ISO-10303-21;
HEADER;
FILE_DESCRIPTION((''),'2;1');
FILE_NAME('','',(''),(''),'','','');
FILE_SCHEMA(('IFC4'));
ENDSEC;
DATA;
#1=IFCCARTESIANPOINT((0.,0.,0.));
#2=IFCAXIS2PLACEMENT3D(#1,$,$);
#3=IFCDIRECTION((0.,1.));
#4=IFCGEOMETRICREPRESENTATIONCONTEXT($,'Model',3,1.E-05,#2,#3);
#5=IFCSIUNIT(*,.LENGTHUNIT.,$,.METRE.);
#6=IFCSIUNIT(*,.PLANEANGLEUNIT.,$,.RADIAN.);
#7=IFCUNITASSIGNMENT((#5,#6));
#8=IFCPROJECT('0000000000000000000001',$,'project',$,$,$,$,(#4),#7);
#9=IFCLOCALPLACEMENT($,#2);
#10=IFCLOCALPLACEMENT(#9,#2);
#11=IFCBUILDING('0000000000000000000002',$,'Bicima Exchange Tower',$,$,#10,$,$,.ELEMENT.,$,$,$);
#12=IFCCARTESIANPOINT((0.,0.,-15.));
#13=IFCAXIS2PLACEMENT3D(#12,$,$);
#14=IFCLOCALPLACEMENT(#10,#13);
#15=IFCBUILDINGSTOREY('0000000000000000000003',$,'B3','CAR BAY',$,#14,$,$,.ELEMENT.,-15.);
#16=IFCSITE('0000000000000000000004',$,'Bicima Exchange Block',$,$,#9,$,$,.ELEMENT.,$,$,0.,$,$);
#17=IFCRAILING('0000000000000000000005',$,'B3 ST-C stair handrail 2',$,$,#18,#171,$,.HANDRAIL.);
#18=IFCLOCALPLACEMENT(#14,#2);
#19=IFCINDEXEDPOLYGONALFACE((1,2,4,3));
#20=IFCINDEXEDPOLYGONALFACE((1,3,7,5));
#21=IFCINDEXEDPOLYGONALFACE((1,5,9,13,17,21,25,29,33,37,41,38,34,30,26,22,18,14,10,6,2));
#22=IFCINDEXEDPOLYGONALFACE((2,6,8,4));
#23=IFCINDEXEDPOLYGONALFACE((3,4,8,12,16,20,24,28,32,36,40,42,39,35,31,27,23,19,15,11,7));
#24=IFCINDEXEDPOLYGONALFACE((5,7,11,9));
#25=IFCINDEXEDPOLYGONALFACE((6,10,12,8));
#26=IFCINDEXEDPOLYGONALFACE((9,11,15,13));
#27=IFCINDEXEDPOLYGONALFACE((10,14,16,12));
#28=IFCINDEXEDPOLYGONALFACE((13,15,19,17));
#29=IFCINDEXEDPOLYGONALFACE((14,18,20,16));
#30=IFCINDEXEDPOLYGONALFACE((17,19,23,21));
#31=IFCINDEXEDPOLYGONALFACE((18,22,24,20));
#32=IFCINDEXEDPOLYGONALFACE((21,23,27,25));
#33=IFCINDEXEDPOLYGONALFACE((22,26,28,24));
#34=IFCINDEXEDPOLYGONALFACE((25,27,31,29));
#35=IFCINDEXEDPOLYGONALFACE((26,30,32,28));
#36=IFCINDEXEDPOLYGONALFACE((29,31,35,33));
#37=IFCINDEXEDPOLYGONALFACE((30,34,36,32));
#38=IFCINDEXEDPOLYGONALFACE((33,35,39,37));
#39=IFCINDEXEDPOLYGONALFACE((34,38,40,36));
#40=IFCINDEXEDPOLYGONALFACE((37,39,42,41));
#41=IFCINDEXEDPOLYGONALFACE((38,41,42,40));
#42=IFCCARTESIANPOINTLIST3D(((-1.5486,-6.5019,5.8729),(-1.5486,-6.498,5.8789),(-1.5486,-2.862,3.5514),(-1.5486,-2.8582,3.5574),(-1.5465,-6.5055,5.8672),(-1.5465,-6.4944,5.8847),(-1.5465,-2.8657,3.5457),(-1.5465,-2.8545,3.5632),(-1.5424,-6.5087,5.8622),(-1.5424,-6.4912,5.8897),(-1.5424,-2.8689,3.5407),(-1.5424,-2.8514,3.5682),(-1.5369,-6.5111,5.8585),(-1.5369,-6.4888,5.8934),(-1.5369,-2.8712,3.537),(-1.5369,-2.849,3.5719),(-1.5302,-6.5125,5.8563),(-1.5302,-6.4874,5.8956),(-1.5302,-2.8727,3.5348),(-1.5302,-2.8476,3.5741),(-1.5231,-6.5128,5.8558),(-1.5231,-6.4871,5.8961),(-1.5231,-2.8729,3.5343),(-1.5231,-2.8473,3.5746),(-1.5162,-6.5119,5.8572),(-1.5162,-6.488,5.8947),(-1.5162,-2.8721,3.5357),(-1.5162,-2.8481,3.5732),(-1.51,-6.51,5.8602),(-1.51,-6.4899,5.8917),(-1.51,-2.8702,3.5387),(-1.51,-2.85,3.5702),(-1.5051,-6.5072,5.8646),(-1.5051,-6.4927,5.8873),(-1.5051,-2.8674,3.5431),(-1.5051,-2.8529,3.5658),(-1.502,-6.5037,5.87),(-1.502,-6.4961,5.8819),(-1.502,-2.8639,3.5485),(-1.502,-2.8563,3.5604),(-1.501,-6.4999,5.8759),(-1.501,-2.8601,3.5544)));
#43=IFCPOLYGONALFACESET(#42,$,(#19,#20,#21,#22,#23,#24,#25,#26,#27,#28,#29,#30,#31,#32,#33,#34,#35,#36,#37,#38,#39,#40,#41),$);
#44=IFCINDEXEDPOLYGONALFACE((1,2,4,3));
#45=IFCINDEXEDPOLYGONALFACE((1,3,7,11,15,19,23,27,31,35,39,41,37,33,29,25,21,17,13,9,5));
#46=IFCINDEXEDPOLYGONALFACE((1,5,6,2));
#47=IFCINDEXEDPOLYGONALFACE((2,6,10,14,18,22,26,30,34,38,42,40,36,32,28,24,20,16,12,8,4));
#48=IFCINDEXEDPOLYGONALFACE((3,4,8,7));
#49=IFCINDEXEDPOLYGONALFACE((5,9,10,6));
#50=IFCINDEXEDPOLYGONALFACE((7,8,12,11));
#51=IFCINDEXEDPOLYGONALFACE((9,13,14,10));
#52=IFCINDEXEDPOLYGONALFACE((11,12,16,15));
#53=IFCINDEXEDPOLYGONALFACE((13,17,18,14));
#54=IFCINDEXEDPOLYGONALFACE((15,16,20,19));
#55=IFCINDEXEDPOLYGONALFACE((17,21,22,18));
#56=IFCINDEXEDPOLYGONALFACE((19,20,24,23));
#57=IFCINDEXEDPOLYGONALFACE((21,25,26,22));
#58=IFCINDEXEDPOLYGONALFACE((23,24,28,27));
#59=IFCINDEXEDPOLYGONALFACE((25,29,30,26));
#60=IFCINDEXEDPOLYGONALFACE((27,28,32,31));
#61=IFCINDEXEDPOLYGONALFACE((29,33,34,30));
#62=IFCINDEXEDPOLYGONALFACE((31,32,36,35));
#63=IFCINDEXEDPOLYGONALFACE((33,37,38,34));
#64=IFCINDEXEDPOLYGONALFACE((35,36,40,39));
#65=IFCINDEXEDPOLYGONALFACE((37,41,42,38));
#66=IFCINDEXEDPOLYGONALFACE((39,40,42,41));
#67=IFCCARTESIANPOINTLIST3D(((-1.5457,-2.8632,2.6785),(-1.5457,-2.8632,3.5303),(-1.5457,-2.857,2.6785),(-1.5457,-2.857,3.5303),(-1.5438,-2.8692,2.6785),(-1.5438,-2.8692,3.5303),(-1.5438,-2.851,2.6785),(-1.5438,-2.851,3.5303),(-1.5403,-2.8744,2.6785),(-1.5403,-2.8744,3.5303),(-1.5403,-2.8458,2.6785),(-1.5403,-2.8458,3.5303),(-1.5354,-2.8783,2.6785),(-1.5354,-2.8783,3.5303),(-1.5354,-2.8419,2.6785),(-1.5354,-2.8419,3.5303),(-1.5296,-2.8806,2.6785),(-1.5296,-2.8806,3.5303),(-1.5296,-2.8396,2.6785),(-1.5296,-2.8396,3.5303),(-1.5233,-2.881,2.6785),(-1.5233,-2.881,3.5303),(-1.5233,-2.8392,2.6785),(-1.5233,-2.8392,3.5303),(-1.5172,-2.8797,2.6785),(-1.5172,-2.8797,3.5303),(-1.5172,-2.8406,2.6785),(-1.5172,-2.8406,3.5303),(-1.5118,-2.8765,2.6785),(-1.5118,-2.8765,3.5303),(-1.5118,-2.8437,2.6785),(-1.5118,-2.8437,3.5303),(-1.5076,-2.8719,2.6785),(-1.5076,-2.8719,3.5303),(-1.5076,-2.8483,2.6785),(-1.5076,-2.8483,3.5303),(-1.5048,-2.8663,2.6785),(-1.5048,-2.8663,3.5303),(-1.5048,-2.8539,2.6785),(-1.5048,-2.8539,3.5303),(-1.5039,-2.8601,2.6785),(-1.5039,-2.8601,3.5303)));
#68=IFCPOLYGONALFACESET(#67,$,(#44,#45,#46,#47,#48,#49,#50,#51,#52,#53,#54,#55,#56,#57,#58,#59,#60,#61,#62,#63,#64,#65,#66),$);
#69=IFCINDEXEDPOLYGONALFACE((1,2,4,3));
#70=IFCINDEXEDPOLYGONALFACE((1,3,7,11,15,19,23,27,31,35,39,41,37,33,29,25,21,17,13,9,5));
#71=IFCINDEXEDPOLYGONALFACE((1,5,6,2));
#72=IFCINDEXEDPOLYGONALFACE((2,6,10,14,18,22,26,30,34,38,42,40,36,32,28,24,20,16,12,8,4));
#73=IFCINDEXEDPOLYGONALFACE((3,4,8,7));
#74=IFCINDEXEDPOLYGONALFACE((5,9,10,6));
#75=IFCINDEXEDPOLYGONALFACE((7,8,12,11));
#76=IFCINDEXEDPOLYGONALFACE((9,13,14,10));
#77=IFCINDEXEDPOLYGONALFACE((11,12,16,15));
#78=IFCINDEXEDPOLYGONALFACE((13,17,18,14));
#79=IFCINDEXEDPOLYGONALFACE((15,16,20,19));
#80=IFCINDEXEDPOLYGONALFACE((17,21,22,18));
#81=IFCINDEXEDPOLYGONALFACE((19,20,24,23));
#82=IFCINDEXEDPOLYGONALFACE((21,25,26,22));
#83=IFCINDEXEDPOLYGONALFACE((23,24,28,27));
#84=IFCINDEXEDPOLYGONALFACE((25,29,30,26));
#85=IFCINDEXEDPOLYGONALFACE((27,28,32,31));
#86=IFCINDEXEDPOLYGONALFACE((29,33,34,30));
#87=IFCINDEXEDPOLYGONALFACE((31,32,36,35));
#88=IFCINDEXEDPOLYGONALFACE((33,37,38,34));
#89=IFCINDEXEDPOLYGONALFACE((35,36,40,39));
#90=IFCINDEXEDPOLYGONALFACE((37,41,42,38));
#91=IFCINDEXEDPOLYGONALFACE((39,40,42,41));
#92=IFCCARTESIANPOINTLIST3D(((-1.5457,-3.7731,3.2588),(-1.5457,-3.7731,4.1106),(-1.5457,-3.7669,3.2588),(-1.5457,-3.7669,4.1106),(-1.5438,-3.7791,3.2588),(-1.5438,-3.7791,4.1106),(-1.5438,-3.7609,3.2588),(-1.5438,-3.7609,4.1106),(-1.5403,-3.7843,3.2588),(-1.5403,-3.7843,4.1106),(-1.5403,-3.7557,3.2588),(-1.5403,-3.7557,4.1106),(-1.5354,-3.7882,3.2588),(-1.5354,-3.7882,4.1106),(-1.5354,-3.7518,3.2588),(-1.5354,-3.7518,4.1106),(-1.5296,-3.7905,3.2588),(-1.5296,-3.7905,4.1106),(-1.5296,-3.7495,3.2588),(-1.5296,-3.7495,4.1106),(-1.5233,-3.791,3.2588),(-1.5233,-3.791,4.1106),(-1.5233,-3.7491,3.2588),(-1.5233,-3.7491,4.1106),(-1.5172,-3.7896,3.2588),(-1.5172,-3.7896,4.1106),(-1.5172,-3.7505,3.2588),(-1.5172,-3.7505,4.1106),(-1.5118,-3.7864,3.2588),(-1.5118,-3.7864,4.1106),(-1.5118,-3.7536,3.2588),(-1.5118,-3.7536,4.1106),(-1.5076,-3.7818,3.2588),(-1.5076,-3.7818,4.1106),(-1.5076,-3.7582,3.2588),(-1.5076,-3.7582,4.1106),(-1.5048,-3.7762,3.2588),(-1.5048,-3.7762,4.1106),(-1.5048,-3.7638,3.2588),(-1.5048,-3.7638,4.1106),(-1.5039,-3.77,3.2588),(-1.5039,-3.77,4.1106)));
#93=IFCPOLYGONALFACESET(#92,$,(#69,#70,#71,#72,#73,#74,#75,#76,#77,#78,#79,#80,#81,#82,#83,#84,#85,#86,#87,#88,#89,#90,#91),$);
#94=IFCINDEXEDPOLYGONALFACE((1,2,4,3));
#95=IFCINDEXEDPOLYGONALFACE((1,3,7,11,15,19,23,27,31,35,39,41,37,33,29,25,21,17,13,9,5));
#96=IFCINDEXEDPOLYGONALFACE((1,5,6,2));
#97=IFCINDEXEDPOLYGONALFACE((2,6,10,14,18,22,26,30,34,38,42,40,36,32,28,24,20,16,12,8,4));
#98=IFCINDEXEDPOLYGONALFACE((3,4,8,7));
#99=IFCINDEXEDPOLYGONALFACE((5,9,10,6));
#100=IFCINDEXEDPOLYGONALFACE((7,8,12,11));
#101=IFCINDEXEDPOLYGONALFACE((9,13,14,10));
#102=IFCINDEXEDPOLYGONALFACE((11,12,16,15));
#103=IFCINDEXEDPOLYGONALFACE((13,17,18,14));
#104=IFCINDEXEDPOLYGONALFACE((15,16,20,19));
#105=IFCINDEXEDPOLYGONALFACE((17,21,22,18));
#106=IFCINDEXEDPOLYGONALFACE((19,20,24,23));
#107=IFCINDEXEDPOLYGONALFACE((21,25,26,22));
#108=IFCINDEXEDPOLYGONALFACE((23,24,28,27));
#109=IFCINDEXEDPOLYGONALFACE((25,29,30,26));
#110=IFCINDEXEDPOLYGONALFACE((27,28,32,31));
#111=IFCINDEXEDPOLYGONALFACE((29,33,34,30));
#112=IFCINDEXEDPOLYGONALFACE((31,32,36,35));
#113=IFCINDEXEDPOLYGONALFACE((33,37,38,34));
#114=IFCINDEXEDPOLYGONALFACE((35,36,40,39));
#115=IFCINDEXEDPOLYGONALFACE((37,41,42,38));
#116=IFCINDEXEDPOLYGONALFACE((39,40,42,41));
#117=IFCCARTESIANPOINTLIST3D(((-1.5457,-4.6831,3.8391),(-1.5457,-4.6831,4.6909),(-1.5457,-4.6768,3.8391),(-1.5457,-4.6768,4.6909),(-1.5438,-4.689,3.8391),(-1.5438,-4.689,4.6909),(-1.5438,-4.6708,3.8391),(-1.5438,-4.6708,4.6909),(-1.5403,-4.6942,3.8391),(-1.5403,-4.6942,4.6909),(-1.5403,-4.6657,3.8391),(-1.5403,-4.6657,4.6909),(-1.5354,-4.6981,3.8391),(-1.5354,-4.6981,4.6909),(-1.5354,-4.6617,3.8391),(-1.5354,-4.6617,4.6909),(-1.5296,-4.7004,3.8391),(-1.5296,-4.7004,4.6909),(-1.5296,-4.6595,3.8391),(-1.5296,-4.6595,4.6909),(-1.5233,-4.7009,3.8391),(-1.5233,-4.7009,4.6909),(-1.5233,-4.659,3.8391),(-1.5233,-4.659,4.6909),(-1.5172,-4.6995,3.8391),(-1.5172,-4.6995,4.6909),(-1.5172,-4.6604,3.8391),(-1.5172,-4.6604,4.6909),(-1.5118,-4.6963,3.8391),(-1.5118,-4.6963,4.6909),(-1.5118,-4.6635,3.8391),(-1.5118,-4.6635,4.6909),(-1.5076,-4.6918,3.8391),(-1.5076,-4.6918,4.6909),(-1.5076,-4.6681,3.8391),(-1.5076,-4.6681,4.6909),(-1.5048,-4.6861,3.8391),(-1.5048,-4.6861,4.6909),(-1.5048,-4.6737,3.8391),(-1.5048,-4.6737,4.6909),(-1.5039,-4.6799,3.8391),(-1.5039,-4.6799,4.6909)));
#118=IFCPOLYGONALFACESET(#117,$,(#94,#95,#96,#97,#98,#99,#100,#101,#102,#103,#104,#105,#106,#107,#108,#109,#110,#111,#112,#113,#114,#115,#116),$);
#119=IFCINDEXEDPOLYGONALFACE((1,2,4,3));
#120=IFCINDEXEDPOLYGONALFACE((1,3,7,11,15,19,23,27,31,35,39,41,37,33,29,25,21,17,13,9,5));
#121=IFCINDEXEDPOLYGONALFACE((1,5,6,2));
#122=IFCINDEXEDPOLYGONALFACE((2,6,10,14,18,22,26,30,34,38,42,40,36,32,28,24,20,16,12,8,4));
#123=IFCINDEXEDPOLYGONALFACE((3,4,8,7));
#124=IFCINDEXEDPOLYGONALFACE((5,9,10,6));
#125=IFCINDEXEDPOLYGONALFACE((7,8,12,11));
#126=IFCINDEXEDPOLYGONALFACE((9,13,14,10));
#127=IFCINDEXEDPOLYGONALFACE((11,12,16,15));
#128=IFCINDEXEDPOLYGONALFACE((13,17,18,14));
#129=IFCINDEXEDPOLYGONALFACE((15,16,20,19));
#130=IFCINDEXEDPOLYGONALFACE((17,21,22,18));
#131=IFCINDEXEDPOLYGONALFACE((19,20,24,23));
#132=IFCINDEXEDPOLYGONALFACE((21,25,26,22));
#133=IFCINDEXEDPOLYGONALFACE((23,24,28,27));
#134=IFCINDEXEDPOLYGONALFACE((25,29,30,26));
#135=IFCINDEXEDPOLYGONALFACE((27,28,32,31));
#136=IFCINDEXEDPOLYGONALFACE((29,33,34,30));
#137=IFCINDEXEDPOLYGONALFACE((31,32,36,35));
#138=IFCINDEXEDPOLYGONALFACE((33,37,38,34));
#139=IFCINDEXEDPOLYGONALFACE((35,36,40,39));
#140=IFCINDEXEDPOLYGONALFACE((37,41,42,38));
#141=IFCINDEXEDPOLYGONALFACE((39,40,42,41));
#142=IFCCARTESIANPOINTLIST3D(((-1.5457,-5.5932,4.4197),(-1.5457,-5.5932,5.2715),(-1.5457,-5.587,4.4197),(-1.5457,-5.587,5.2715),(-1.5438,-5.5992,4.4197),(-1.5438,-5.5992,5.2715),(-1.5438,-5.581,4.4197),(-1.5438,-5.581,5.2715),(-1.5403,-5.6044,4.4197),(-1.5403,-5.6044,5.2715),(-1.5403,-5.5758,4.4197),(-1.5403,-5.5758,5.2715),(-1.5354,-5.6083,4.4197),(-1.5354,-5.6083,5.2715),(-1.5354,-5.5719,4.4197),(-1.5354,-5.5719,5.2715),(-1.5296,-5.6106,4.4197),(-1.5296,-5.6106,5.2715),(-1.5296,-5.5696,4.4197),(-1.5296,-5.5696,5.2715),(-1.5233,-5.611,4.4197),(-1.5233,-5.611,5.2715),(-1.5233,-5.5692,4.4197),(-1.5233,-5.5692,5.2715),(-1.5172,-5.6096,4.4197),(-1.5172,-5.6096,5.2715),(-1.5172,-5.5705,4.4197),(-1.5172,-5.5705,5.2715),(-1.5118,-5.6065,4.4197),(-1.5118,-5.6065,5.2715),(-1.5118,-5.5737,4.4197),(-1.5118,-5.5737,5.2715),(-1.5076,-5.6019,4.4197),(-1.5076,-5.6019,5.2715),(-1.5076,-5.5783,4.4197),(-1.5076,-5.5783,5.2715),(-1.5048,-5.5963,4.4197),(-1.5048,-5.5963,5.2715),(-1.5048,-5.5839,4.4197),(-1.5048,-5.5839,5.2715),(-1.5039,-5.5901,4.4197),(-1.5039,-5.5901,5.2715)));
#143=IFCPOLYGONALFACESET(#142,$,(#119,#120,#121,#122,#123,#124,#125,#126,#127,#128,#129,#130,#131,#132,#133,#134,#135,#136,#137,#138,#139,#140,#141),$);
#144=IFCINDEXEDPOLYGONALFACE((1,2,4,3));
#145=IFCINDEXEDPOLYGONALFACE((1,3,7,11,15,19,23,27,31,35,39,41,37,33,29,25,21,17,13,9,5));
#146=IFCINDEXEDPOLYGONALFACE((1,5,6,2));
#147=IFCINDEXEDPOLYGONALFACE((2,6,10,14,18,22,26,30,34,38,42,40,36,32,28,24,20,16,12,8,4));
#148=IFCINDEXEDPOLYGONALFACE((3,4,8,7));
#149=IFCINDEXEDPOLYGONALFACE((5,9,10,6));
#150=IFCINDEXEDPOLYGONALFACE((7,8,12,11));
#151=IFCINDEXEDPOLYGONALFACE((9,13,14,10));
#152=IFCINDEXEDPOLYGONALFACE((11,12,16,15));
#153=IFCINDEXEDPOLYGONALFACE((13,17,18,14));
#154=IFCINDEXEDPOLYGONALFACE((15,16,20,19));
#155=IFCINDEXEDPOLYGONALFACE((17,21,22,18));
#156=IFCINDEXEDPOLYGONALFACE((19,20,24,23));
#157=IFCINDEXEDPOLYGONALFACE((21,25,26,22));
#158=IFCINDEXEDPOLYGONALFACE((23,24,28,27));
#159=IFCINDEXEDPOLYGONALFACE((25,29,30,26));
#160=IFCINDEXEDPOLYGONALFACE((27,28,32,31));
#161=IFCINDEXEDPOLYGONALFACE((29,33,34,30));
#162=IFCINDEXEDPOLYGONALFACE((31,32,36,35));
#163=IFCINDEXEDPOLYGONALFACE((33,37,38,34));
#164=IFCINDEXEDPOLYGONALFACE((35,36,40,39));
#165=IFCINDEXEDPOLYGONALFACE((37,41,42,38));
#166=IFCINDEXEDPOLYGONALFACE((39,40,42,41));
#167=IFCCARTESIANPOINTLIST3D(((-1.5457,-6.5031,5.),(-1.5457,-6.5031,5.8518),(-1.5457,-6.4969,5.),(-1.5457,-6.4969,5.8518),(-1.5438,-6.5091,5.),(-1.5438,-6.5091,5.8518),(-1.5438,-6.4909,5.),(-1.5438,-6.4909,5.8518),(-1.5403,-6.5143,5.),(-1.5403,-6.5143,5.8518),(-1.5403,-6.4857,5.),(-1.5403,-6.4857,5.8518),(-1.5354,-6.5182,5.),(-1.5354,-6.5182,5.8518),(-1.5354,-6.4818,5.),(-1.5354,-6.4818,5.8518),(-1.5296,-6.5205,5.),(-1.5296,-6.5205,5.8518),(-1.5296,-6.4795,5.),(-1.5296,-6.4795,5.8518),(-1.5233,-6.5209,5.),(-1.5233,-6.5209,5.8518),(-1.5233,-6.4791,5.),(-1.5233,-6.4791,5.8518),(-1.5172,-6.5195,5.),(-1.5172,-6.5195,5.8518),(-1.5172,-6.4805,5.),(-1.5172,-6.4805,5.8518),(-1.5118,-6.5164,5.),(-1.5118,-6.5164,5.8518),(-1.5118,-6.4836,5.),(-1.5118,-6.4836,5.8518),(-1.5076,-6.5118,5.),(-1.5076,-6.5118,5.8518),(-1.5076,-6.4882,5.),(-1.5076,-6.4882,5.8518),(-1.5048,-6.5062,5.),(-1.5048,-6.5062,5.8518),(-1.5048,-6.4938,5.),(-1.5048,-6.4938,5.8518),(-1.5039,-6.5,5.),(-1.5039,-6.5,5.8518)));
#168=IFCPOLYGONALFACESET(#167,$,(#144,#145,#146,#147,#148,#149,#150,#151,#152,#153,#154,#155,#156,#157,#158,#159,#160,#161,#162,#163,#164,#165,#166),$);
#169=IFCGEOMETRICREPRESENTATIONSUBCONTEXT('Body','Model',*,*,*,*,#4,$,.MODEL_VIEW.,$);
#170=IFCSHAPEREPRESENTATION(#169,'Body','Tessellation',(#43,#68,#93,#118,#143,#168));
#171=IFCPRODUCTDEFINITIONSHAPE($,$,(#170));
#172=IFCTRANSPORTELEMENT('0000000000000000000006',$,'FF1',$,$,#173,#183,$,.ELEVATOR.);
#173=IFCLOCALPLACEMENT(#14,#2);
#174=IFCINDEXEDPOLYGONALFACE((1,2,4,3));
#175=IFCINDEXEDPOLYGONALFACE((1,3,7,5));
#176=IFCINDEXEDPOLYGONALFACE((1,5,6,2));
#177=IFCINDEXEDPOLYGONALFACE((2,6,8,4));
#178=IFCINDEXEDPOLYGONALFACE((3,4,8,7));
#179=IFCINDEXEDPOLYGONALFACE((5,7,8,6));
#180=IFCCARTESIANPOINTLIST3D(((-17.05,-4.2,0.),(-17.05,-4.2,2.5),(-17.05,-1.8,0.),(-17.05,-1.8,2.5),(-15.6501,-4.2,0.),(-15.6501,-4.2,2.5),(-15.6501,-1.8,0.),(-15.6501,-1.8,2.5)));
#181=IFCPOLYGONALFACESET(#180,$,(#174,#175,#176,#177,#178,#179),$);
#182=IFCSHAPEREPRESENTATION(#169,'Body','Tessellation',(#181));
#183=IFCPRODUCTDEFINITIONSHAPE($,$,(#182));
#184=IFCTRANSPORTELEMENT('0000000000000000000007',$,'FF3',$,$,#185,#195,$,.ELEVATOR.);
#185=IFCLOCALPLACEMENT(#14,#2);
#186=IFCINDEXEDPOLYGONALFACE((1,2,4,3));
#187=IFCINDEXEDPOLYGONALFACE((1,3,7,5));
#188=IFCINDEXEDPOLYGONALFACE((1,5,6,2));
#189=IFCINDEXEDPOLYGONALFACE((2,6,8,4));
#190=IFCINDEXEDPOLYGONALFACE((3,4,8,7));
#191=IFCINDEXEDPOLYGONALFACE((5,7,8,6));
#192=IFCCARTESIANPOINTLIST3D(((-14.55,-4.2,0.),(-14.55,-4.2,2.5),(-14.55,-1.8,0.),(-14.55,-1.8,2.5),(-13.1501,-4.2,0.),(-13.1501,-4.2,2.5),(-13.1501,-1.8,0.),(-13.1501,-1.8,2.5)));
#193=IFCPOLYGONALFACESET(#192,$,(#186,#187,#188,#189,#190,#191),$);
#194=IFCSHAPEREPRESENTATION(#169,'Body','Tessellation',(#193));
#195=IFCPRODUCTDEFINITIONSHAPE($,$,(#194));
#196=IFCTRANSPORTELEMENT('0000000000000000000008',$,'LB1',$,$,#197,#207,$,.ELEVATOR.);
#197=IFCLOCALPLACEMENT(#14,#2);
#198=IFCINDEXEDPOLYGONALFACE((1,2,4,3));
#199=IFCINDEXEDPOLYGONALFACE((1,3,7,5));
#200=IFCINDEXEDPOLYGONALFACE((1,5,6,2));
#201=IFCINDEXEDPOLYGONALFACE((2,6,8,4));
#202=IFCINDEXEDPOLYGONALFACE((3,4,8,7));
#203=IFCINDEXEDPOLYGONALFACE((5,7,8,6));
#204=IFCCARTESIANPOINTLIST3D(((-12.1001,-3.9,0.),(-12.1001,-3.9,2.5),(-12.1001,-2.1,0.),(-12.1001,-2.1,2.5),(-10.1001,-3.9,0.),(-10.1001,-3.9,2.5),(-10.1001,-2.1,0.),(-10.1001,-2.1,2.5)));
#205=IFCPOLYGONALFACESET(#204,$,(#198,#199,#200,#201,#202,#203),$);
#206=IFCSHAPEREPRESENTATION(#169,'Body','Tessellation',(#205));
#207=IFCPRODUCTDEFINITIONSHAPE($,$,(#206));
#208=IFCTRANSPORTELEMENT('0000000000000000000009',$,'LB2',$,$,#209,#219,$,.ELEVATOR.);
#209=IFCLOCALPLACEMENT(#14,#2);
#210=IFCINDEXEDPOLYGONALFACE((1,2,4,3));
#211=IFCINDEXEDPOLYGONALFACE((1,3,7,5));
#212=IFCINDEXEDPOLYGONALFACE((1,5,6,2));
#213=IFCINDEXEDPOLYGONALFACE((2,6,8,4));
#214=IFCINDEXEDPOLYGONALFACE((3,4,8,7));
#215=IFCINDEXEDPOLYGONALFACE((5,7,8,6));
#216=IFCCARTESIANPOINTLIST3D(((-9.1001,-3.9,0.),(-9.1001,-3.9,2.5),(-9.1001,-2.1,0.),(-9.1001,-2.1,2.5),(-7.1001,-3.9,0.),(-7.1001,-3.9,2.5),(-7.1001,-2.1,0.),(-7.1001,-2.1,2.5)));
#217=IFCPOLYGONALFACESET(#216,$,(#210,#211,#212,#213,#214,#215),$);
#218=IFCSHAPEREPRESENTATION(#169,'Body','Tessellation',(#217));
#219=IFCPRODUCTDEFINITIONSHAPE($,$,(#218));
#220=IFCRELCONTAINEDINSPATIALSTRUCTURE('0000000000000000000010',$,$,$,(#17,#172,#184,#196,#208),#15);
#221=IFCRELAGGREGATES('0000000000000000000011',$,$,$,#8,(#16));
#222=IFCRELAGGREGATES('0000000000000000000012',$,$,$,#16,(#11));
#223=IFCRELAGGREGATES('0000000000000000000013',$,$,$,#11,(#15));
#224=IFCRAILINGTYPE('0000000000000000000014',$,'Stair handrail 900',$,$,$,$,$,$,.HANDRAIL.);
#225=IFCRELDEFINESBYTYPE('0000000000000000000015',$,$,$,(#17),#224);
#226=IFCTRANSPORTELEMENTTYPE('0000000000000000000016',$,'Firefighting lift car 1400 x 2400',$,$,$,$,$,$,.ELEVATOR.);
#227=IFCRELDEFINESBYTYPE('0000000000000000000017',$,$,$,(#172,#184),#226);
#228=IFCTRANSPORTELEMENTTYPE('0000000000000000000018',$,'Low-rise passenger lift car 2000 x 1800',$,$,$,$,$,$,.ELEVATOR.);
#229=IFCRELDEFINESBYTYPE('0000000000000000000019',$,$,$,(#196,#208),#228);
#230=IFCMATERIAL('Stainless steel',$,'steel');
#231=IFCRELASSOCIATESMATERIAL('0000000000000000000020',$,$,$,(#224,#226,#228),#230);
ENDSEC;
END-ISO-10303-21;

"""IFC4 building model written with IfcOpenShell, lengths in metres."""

from ifc_helpers import new_model, si_unit, direction, frame, origin, origin_2d, place, context, subcontext, project, spatial, rectangle, circle, extrude, material, type_object, element, save


model = new_model("IFC4")

# Units and contexts
model_context = context("Model", 3, precision=1e-05, world=origin(), true_north=direction((0.0, 1.0)))
body_context = subcontext(model_context, "Body", "Model", "MODEL_VIEW")
ifc_project = project(units=[si_unit("LENGTHUNIT", "METRE"), si_unit("PLANEANGLEUNIT", "RADIAN")], contexts=[model_context])

# Site, building, storey
site_placement = place(None, origin())
site = spatial("IfcSite", under=ifc_project, at=site_placement, Name="Bicima Exchange Block", CompositionType="ELEMENT", RefElevation=0.0)
building_placement = place(site_placement, origin())
building = spatial("IfcBuilding", under=site, at=building_placement, Name="Bicima Exchange Tower", CompositionType="ELEMENT")
storey_placement = place(building_placement, frame((0.0, 0.0, -15.0)))
storey = spatial("IfcBuildingStorey", under=building, at=storey_placement, Name="B3", Description="CAR BAY", CompositionType="ELEMENT", Elevation=-15.0)

# Railing
ifc_material_1 = material(Name="Stainless steel", Category="steel")
railing_type = type_object("IfcRailingType", Name="Stair handrail 900", PredefinedType="HANDRAIL", material=ifc_material_1)
railing_1_placement = place(storey_placement, frame((-1.5249, -2.8601, 2.6785)))
element("IfcRailing", 1, at=railing_1_placement, inside=storey, type_object=railing_type, Name="B3 ST-C stair handrail 2", PredefinedType="HANDRAIL", context=body_context, shape_type="SweptSolid", body=[
    extrude(circle(Radius=0.0239, at=origin_2d()), frame((0.0, 0.0, 0.876), z_axis=(0.0, -0.843112, 0.537739), x_axis=(1.0, 0.0, 0.0)), (0.0, 0.0, 1.0), 4.3171),
    extrude(circle(Radius=0.021, at=origin_2d()), origin(), (0.0, 0.0, 1.0), 0.8518),
    extrude(circle(Radius=0.021, at=origin_2d()), frame((0.0, -0.9099, 0.5803)), (0.0, 0.0, 1.0), 0.8518),
    extrude(circle(Radius=0.021, at=origin_2d()), frame((0.0, -1.8198, 1.1606)), (0.0, 0.0, 1.0), 0.8518),
    extrude(circle(Radius=0.021, at=origin_2d()), frame((0.0, -2.73, 1.7412)), (0.0, 0.0, 1.0), 0.8518),
    extrude(circle(Radius=0.021, at=origin_2d()), frame((0.0, -3.6399, 2.3215)), (0.0, 0.0, 1.0), 0.8518),
])

# Transport elements
transport_element_type_1 = type_object("IfcTransportElementType", Name="Firefighting lift car 1400 x 2400", PredefinedType="ELEVATOR", material=ifc_material_1)
for number, where, z_axis, x_axis, name in (
    (2, (-16.3501, -3.0, 0.0), (0.0, 0.0, 1.0), (1.0, 0.0, 0.0), "FF1"),
    (3, (-13.8501, -3.0, 0.0), (0.0, 0.0, 1.0), (1.0, 0.0, 0.0), "FF3"),
):
    element("IfcTransportElement", number, at=place(storey_placement, frame(where, z_axis=z_axis, x_axis=x_axis)), inside=storey, type_object=transport_element_type_1, Name=name, PredefinedType="ELEVATOR", context=body_context, shape_type="SweptSolid", body=[
        extrude(rectangle(XDim=1.3999, YDim=2.3999, at=origin_2d()), origin(), (0.0, 0.0, 1.0), 2.5),
    ])
transport_element_type_2 = type_object("IfcTransportElementType", Name="Low-rise passenger lift car 2000 x 1800", PredefinedType="ELEVATOR", material=ifc_material_1)
for number, where, z_axis, x_axis, name in (
    (4, (-11.1001, -3.0, 0.0), (0.0, 0.0, 1.0), (1.0, 0.0, 0.0), "LB1"),
    (5, (-8.1001, -3.0, 0.0), (0.0, 0.0, 1.0), (1.0, 0.0, 0.0), "LB2"),
):
    element("IfcTransportElement", number, at=place(storey_placement, frame(where, z_axis=z_axis, x_axis=x_axis)), inside=storey, type_object=transport_element_type_2, Name=name, PredefinedType="ELEVATOR", context=body_context, shape_type="SweptSolid", body=[
        extrude(rectangle(XDim=2.0, YDim=1.8, at=origin_2d()), origin(), (0.0, 0.0, 1.0), 2.5),
    ])

save(model, "model.ifc")
